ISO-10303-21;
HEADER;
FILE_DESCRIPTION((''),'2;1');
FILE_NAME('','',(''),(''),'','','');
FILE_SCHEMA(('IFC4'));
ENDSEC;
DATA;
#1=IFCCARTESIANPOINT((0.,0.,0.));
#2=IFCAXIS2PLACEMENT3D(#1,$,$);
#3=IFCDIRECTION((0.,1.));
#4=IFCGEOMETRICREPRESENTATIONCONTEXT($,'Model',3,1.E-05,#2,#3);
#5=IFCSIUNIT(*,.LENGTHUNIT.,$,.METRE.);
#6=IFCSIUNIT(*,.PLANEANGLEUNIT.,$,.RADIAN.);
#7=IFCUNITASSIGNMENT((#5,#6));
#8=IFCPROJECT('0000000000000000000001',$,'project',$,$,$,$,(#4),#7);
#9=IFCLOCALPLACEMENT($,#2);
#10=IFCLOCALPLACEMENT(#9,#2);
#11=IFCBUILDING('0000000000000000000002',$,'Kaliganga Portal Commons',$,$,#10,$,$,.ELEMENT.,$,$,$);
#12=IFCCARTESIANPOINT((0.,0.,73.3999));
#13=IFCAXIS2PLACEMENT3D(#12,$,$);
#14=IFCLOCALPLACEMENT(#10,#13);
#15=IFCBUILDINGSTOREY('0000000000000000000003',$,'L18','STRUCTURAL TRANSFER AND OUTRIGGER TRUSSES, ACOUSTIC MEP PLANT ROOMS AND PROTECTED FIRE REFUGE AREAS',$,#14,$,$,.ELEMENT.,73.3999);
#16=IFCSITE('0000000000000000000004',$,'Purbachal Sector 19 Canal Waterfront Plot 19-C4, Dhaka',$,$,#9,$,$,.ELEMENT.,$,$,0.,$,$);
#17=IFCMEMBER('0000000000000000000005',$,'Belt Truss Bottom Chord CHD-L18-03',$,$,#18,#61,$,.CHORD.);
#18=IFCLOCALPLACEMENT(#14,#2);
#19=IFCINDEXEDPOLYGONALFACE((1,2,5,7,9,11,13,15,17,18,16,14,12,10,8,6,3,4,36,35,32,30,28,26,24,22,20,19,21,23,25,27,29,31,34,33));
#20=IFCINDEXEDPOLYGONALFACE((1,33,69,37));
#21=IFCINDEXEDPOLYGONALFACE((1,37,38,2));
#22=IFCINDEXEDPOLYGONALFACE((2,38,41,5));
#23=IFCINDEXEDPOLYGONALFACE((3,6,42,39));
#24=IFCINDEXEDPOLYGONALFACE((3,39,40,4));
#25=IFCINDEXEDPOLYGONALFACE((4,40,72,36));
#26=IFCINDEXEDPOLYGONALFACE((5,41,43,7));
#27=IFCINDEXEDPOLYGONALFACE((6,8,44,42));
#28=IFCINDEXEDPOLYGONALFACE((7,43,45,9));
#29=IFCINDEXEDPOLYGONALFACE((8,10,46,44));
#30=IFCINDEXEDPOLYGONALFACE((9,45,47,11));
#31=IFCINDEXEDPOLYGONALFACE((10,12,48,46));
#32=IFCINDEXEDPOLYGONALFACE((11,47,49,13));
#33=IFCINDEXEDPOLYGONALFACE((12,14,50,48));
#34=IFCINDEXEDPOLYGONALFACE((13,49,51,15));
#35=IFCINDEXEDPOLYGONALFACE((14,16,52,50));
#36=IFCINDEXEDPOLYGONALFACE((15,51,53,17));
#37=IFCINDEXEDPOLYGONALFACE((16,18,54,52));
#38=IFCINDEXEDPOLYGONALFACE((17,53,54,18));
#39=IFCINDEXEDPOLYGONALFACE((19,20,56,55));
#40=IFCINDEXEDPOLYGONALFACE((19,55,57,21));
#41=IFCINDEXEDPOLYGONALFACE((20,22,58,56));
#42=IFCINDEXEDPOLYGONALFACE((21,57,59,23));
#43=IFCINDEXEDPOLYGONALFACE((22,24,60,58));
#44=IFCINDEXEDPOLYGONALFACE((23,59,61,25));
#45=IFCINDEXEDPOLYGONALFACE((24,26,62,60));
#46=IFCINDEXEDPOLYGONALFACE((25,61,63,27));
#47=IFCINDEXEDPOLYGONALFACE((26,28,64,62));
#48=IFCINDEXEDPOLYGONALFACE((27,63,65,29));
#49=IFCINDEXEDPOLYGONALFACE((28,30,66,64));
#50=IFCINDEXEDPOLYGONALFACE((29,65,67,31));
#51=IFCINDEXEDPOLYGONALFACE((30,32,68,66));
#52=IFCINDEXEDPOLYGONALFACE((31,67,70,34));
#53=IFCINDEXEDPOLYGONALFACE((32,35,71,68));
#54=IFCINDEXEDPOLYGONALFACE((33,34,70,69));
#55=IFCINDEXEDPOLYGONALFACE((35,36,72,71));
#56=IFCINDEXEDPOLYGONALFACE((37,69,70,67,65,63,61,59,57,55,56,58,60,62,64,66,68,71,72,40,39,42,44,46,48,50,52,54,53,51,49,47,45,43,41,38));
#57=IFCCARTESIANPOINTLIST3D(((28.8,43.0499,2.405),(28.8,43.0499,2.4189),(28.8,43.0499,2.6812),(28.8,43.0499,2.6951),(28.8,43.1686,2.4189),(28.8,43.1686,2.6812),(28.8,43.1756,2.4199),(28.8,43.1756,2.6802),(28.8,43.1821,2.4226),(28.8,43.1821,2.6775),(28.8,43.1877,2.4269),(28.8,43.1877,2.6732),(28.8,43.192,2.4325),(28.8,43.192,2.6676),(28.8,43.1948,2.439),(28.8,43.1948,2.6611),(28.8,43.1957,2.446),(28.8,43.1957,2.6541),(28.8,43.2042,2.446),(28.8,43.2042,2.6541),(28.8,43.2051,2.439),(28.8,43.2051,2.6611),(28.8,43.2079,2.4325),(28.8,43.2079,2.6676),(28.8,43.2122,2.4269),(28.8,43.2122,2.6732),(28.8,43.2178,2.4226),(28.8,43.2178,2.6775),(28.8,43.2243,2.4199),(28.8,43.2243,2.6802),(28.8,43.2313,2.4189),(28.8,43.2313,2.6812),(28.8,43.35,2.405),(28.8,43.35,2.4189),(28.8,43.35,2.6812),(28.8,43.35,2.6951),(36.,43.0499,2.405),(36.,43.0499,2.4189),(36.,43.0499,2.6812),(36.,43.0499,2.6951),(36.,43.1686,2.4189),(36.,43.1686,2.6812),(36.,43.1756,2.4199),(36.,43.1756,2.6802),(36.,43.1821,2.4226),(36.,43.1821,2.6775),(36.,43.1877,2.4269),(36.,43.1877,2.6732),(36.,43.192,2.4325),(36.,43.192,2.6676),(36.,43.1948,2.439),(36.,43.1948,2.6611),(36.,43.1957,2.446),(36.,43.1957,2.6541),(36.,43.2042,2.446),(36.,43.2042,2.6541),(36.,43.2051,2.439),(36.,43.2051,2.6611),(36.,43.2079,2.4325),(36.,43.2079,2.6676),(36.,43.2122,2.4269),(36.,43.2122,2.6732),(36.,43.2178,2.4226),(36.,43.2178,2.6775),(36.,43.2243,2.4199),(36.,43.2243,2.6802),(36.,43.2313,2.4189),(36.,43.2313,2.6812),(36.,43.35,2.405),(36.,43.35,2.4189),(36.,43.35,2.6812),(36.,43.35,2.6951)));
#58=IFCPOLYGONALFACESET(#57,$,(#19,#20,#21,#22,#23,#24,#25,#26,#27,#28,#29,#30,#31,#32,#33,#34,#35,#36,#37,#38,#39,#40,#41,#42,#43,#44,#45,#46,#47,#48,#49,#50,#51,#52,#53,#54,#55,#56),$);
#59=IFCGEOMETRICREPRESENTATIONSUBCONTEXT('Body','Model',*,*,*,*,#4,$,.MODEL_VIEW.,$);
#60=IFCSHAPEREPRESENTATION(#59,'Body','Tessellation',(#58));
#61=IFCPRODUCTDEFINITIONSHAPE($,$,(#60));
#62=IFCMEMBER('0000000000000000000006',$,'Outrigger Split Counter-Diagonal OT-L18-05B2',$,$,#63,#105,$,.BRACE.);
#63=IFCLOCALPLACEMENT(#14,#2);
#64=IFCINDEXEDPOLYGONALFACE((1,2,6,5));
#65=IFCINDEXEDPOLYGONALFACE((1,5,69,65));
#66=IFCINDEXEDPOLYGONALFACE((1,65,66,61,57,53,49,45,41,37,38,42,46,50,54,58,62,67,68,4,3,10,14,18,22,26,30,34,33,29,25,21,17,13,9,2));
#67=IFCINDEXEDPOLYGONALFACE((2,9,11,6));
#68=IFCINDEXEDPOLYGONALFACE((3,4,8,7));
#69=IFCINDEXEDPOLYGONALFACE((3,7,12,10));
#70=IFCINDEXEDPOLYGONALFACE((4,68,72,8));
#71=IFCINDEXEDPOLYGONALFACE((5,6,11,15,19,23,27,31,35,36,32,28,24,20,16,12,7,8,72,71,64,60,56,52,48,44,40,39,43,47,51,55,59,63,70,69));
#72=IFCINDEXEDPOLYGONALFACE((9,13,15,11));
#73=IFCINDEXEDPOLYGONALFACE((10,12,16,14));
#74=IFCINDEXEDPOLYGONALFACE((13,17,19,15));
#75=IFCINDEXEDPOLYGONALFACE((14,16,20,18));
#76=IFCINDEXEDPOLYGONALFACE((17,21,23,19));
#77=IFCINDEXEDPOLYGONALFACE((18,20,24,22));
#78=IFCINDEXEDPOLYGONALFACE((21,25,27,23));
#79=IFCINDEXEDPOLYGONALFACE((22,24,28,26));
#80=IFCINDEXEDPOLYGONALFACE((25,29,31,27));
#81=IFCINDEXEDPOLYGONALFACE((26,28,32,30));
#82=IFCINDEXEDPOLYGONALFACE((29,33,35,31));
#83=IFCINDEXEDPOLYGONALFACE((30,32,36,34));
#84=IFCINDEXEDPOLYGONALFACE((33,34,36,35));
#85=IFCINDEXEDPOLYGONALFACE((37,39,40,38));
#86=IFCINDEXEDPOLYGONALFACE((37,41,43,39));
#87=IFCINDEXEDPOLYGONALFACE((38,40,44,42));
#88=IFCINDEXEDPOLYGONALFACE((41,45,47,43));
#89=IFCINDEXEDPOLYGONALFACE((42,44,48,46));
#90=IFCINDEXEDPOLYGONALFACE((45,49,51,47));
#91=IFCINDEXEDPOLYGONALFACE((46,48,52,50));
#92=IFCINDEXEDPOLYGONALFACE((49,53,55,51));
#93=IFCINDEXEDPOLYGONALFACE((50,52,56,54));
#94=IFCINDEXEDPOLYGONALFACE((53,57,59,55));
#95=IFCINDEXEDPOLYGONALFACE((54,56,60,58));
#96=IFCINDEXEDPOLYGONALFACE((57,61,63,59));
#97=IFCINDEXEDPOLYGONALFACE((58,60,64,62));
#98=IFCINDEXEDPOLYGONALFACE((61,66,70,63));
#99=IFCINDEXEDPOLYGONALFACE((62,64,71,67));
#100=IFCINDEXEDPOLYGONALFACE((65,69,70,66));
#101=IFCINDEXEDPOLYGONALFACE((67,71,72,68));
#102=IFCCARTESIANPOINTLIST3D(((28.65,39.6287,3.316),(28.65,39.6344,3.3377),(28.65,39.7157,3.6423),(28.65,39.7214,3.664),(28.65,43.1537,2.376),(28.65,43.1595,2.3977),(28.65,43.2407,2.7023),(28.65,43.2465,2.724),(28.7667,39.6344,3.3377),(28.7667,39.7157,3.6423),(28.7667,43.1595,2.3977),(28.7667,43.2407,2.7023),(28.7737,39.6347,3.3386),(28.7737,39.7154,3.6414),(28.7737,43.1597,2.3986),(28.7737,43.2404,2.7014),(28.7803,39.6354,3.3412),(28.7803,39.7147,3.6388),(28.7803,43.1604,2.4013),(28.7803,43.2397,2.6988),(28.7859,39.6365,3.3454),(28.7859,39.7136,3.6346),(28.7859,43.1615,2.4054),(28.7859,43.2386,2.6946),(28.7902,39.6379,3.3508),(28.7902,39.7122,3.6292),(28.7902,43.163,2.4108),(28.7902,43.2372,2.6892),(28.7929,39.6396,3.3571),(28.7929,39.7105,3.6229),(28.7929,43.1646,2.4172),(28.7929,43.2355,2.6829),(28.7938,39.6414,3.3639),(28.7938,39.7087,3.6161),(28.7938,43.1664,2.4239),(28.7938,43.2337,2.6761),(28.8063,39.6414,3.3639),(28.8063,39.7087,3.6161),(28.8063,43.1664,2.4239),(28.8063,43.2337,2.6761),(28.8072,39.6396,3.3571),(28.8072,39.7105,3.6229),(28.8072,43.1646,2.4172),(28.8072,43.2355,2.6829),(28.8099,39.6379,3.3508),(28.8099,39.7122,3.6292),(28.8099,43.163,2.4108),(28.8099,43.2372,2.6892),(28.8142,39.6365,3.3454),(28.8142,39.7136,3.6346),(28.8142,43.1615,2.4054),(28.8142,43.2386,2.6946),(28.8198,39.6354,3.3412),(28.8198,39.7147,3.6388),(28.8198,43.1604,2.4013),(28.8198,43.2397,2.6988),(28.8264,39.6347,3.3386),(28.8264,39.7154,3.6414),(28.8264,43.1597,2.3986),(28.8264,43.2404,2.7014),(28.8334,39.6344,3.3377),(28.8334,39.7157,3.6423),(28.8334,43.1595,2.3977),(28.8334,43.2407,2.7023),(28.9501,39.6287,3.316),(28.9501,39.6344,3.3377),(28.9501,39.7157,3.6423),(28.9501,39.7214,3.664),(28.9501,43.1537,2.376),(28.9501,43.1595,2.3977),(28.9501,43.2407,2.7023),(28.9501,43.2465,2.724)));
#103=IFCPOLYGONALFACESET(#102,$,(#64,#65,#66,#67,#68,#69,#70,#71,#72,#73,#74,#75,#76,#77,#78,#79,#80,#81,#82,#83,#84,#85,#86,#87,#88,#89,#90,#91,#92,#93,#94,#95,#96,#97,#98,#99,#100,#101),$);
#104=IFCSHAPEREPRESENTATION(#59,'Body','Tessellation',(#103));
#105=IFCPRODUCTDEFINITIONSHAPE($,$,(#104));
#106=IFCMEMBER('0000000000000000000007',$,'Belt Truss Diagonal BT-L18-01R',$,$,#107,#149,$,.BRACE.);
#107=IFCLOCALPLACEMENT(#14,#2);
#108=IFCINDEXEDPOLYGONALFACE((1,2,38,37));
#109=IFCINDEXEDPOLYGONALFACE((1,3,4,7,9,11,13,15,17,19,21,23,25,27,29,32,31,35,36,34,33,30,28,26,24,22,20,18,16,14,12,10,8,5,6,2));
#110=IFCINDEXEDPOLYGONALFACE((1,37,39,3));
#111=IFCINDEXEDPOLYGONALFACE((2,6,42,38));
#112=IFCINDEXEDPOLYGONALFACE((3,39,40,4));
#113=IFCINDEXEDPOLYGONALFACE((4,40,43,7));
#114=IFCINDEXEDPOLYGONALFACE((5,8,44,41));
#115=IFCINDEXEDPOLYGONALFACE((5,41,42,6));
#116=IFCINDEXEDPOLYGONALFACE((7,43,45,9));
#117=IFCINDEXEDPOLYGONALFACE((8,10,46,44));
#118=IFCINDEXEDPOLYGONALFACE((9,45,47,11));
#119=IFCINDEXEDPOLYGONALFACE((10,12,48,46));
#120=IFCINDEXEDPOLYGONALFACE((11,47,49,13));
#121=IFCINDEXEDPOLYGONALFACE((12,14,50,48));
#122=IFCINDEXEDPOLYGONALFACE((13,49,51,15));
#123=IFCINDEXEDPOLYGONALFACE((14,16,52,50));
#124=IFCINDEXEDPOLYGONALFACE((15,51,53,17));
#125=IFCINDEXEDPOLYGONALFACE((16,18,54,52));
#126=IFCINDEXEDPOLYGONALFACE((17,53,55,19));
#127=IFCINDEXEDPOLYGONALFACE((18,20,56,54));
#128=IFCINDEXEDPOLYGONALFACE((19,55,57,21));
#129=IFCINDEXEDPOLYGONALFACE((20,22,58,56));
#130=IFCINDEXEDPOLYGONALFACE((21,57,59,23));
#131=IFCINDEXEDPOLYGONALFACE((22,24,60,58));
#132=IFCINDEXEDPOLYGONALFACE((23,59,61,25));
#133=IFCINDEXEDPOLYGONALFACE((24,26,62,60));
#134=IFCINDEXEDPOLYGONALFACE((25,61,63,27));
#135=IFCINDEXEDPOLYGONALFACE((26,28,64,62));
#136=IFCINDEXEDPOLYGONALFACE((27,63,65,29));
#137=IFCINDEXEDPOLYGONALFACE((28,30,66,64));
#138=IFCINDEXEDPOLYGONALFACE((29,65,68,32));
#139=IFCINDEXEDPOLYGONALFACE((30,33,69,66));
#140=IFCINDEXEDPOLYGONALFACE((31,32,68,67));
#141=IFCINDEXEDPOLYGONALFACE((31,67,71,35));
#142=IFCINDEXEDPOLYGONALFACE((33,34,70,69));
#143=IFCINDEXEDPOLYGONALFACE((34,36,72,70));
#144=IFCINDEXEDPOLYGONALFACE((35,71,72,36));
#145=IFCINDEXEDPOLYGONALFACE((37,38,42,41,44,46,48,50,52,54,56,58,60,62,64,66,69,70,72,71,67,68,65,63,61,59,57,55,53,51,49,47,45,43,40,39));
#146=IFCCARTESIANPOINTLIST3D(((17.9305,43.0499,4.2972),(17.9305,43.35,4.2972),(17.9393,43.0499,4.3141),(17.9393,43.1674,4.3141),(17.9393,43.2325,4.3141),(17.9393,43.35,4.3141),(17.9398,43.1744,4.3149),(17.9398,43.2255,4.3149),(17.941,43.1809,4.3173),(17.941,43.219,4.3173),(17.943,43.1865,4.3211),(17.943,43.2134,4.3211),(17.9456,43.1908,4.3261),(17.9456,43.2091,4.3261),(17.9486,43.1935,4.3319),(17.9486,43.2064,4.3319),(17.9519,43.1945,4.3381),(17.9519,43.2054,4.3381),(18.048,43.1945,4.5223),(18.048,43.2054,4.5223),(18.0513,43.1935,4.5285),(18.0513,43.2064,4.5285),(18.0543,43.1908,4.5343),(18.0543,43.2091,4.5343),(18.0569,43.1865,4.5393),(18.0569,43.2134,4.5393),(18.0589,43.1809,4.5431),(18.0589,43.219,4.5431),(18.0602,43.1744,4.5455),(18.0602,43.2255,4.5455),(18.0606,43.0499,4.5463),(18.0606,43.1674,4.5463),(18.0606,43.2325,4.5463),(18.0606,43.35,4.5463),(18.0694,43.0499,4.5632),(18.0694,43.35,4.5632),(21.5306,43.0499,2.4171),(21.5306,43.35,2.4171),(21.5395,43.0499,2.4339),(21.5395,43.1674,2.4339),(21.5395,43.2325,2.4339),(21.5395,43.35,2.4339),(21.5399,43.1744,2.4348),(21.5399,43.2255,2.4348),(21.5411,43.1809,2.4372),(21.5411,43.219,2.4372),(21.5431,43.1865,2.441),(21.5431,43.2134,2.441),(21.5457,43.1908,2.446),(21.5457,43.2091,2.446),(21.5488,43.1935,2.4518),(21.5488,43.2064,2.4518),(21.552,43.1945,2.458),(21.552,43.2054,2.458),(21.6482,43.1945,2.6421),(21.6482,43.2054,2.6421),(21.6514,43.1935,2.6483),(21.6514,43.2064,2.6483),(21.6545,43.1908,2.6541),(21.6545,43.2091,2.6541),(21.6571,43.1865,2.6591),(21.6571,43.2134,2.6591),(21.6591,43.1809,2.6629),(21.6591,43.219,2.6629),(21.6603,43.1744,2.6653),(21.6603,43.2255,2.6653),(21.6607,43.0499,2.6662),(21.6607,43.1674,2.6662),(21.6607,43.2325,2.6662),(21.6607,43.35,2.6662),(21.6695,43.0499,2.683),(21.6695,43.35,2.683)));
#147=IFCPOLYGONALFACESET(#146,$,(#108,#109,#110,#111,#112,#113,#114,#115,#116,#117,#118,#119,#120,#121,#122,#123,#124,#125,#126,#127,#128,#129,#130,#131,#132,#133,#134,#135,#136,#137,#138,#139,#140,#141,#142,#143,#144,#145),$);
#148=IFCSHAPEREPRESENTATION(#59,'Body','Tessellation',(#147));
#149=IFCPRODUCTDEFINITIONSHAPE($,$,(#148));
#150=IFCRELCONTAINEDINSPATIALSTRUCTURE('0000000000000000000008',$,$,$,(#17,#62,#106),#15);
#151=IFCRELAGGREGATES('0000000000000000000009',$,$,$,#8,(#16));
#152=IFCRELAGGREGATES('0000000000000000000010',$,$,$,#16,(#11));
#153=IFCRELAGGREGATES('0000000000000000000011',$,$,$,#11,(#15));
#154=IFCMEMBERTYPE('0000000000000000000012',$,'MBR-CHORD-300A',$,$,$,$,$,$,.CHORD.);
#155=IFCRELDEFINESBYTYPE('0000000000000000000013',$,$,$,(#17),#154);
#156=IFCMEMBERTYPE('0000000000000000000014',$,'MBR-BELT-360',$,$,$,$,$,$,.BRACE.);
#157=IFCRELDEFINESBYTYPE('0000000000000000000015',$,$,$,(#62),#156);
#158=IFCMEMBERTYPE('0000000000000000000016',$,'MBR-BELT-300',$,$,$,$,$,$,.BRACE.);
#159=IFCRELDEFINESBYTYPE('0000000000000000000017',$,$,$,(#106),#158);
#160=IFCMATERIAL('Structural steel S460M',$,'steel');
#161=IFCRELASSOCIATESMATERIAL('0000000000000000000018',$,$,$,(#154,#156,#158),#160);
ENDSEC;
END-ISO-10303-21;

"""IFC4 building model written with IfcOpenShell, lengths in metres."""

from ifc_helpers import new_model, si_unit, direction, frame, origin, origin_2d, place, context, subcontext, project, spatial, i_section, extrude, source, transform, mapped, material, material_profile, profile_set, type_object, element, save


model = new_model("IFC4")

# Units and contexts
model_context = context("Model", 3, precision=1e-05, world=origin(), true_north=direction((0.0, 1.0)))
body_context = subcontext(model_context, "Body", "Model", "MODEL_VIEW")
ifc_project = project(units=[si_unit("LENGTHUNIT", "METRE"), si_unit("PLANEANGLEUNIT", "RADIAN")], contexts=[model_context])

# Site, building, storey
site_placement = place(None, origin())
site = spatial("IfcSite", under=ifc_project, at=site_placement, Name="Purbachal Sector 19 Canal Waterfront Plot 19-C4, Dhaka", CompositionType="ELEMENT", RefElevation=0.0)
building_placement = place(site_placement, origin())
building = spatial("IfcBuilding", under=site, at=building_placement, Name="Kaliganga Portal Commons", CompositionType="ELEMENT")
storey_placement = place(building_placement, frame((0.0, 0.0, 73.3999)))
storey = spatial("IfcBuildingStorey", under=building, at=storey_placement, Name="L18", Description="STRUCTURAL TRANSFER AND OUTRIGGER TRUSSES, ACOUSTIC MEP PLANT ROOMS AND PROTECTED FIRE REFUGE AREAS", CompositionType="ELEMENT", Elevation=73.3999)

# Shared definitions
ifc_material_1 = material(Name="Structural steel S460M", Category="steel")

# Members
ifc_material_profile_1 = material_profile(ifc_material_1, i_section(OverallWidth=0.3, OverallDepth=0.29, WebThickness=0.0085, FlangeThickness=0.0139, FilletRadius=0.0271, at=origin_2d()), Name="HE 300 A")
ifc_profile_set_1 = profile_set([ifc_material_profile_1], Name="Structural steel S460M wide-flange")
member_type_1 = type_object("IfcMemberType", Name="MBR-CHORD-300A", PredefinedType="CHORD", material=ifc_profile_set_1)
shared_shape_1 = source(origin(), body_context, "Body", "SweptSolid", [
    extrude(i_section(OverallWidth=0.3, OverallDepth=0.29, WebThickness=0.0085, FlangeThickness=0.0139, FilletRadius=0.0271, at=origin_2d()), origin(), (0.0, 0.0, 1.0), 7.2),
])
for number, where, z_axis, x_axis, name in (
    (1, (28.8, 43.2, 2.55), (1.0, 0.0, 0.0), (0.0, 1.0, 0.0), "Belt Truss Bottom Chord CHD-L18-03"),
):
    element("IfcMember", number, at=place(storey_placement, frame(where, z_axis=z_axis, x_axis=x_axis)), inside=storey, type_object=member_type_1, Name=name, PredefinedType="CHORD", context=body_context, shape_type="MappedRepresentation", body=[
        mapped(shared_shape_1, transform((0.0, 0.0, 0.0), x_axis=(1.0, 0.0, 0.0), y_axis=(0.0, 1.0, 0.0), z_axis=(0.0, 0.0, 1.0), scale=1.0)),
    ])
ifc_material_profile_2 = material_profile(ifc_material_1, i_section(OverallWidth=0.3, OverallDepth=0.3601, WebThickness=0.0125, FlangeThickness=0.0225, FilletRadius=0.0271, at=origin_2d()), Name="HE 360 B")
ifc_profile_set_2 = profile_set([ifc_material_profile_2], Name="Structural steel S460M wide-flange")
member_type_2 = type_object("IfcMemberType", Name="MBR-BELT-360", PredefinedType="BRACE", material=ifc_profile_set_2)
shared_shape_2 = source(origin(), body_context, "Body", "SweptSolid", [
    extrude(i_section(OverallWidth=0.3, OverallDepth=0.3601, WebThickness=0.0125, FlangeThickness=0.0225, FilletRadius=0.0271, at=origin_2d()), origin(), (0.0, 0.0, 1.0), 3.6482),
])
member_placement = place(storey_placement, frame((28.8, 39.675, 3.49), z_axis=(0.0, 0.966237, -0.257654), x_axis=(-1.0, 0.0, 0.0)))
element("IfcMember", 2, at=member_placement, inside=storey, type_object=member_type_2, Name="Outrigger Split Counter-Diagonal OT-L18-05B2", PredefinedType="BRACE", context=body_context, shape_type="MappedRepresentation", body=[
    mapped(shared_shape_2, transform((0.0, 0.0, 0.0), x_axis=(1.0, 0.0, 0.0), y_axis=(0.0, 1.0, 0.0), z_axis=(0.0, 0.0, 1.0), scale=1.0)),
])
ifc_material_profile_3 = material_profile(ifc_material_1, i_section(OverallWidth=0.3, OverallDepth=0.3, WebThickness=0.011, FlangeThickness=0.019, FilletRadius=0.0271, at=origin_2d()), Name="HE 300 B")
ifc_profile_set_3 = profile_set([ifc_material_profile_3], Name="Structural steel S460M wide-flange")
member_type_3 = type_object("IfcMemberType", Name="MBR-BELT-300", PredefinedType="BRACE", material=ifc_profile_set_3)
shared_shape_3 = source(origin(), body_context, "Body", "SweptSolid", [
    extrude(i_section(OverallWidth=0.3, OverallDepth=0.3, WebThickness=0.011, FlangeThickness=0.019, FilletRadius=0.0271, at=origin_2d()), origin(), (0.0, 0.0, 1.0), 4.0615),
])
for number, where, z_axis, x_axis, name in (
    (3, (21.6001, 43.2, 2.55), (-0.886401, 0.0, 0.462917), (0.0, -1.0, 0.0), "Belt Truss Diagonal BT-L18-01R"),
):
    element("IfcMember", number, at=place(storey_placement, frame(where, z_axis=z_axis, x_axis=x_axis)), inside=storey, type_object=member_type_3, Name=name, PredefinedType="BRACE", context=body_context, shape_type="MappedRepresentation", body=[
        mapped(shared_shape_3, transform((0.0, 0.0, 0.0), x_axis=(1.0, 0.0, 0.0), y_axis=(0.0, 1.0, 0.0), z_axis=(0.0, 0.0, 1.0), scale=1.0)),
    ])

save(model, "model.ifc")
